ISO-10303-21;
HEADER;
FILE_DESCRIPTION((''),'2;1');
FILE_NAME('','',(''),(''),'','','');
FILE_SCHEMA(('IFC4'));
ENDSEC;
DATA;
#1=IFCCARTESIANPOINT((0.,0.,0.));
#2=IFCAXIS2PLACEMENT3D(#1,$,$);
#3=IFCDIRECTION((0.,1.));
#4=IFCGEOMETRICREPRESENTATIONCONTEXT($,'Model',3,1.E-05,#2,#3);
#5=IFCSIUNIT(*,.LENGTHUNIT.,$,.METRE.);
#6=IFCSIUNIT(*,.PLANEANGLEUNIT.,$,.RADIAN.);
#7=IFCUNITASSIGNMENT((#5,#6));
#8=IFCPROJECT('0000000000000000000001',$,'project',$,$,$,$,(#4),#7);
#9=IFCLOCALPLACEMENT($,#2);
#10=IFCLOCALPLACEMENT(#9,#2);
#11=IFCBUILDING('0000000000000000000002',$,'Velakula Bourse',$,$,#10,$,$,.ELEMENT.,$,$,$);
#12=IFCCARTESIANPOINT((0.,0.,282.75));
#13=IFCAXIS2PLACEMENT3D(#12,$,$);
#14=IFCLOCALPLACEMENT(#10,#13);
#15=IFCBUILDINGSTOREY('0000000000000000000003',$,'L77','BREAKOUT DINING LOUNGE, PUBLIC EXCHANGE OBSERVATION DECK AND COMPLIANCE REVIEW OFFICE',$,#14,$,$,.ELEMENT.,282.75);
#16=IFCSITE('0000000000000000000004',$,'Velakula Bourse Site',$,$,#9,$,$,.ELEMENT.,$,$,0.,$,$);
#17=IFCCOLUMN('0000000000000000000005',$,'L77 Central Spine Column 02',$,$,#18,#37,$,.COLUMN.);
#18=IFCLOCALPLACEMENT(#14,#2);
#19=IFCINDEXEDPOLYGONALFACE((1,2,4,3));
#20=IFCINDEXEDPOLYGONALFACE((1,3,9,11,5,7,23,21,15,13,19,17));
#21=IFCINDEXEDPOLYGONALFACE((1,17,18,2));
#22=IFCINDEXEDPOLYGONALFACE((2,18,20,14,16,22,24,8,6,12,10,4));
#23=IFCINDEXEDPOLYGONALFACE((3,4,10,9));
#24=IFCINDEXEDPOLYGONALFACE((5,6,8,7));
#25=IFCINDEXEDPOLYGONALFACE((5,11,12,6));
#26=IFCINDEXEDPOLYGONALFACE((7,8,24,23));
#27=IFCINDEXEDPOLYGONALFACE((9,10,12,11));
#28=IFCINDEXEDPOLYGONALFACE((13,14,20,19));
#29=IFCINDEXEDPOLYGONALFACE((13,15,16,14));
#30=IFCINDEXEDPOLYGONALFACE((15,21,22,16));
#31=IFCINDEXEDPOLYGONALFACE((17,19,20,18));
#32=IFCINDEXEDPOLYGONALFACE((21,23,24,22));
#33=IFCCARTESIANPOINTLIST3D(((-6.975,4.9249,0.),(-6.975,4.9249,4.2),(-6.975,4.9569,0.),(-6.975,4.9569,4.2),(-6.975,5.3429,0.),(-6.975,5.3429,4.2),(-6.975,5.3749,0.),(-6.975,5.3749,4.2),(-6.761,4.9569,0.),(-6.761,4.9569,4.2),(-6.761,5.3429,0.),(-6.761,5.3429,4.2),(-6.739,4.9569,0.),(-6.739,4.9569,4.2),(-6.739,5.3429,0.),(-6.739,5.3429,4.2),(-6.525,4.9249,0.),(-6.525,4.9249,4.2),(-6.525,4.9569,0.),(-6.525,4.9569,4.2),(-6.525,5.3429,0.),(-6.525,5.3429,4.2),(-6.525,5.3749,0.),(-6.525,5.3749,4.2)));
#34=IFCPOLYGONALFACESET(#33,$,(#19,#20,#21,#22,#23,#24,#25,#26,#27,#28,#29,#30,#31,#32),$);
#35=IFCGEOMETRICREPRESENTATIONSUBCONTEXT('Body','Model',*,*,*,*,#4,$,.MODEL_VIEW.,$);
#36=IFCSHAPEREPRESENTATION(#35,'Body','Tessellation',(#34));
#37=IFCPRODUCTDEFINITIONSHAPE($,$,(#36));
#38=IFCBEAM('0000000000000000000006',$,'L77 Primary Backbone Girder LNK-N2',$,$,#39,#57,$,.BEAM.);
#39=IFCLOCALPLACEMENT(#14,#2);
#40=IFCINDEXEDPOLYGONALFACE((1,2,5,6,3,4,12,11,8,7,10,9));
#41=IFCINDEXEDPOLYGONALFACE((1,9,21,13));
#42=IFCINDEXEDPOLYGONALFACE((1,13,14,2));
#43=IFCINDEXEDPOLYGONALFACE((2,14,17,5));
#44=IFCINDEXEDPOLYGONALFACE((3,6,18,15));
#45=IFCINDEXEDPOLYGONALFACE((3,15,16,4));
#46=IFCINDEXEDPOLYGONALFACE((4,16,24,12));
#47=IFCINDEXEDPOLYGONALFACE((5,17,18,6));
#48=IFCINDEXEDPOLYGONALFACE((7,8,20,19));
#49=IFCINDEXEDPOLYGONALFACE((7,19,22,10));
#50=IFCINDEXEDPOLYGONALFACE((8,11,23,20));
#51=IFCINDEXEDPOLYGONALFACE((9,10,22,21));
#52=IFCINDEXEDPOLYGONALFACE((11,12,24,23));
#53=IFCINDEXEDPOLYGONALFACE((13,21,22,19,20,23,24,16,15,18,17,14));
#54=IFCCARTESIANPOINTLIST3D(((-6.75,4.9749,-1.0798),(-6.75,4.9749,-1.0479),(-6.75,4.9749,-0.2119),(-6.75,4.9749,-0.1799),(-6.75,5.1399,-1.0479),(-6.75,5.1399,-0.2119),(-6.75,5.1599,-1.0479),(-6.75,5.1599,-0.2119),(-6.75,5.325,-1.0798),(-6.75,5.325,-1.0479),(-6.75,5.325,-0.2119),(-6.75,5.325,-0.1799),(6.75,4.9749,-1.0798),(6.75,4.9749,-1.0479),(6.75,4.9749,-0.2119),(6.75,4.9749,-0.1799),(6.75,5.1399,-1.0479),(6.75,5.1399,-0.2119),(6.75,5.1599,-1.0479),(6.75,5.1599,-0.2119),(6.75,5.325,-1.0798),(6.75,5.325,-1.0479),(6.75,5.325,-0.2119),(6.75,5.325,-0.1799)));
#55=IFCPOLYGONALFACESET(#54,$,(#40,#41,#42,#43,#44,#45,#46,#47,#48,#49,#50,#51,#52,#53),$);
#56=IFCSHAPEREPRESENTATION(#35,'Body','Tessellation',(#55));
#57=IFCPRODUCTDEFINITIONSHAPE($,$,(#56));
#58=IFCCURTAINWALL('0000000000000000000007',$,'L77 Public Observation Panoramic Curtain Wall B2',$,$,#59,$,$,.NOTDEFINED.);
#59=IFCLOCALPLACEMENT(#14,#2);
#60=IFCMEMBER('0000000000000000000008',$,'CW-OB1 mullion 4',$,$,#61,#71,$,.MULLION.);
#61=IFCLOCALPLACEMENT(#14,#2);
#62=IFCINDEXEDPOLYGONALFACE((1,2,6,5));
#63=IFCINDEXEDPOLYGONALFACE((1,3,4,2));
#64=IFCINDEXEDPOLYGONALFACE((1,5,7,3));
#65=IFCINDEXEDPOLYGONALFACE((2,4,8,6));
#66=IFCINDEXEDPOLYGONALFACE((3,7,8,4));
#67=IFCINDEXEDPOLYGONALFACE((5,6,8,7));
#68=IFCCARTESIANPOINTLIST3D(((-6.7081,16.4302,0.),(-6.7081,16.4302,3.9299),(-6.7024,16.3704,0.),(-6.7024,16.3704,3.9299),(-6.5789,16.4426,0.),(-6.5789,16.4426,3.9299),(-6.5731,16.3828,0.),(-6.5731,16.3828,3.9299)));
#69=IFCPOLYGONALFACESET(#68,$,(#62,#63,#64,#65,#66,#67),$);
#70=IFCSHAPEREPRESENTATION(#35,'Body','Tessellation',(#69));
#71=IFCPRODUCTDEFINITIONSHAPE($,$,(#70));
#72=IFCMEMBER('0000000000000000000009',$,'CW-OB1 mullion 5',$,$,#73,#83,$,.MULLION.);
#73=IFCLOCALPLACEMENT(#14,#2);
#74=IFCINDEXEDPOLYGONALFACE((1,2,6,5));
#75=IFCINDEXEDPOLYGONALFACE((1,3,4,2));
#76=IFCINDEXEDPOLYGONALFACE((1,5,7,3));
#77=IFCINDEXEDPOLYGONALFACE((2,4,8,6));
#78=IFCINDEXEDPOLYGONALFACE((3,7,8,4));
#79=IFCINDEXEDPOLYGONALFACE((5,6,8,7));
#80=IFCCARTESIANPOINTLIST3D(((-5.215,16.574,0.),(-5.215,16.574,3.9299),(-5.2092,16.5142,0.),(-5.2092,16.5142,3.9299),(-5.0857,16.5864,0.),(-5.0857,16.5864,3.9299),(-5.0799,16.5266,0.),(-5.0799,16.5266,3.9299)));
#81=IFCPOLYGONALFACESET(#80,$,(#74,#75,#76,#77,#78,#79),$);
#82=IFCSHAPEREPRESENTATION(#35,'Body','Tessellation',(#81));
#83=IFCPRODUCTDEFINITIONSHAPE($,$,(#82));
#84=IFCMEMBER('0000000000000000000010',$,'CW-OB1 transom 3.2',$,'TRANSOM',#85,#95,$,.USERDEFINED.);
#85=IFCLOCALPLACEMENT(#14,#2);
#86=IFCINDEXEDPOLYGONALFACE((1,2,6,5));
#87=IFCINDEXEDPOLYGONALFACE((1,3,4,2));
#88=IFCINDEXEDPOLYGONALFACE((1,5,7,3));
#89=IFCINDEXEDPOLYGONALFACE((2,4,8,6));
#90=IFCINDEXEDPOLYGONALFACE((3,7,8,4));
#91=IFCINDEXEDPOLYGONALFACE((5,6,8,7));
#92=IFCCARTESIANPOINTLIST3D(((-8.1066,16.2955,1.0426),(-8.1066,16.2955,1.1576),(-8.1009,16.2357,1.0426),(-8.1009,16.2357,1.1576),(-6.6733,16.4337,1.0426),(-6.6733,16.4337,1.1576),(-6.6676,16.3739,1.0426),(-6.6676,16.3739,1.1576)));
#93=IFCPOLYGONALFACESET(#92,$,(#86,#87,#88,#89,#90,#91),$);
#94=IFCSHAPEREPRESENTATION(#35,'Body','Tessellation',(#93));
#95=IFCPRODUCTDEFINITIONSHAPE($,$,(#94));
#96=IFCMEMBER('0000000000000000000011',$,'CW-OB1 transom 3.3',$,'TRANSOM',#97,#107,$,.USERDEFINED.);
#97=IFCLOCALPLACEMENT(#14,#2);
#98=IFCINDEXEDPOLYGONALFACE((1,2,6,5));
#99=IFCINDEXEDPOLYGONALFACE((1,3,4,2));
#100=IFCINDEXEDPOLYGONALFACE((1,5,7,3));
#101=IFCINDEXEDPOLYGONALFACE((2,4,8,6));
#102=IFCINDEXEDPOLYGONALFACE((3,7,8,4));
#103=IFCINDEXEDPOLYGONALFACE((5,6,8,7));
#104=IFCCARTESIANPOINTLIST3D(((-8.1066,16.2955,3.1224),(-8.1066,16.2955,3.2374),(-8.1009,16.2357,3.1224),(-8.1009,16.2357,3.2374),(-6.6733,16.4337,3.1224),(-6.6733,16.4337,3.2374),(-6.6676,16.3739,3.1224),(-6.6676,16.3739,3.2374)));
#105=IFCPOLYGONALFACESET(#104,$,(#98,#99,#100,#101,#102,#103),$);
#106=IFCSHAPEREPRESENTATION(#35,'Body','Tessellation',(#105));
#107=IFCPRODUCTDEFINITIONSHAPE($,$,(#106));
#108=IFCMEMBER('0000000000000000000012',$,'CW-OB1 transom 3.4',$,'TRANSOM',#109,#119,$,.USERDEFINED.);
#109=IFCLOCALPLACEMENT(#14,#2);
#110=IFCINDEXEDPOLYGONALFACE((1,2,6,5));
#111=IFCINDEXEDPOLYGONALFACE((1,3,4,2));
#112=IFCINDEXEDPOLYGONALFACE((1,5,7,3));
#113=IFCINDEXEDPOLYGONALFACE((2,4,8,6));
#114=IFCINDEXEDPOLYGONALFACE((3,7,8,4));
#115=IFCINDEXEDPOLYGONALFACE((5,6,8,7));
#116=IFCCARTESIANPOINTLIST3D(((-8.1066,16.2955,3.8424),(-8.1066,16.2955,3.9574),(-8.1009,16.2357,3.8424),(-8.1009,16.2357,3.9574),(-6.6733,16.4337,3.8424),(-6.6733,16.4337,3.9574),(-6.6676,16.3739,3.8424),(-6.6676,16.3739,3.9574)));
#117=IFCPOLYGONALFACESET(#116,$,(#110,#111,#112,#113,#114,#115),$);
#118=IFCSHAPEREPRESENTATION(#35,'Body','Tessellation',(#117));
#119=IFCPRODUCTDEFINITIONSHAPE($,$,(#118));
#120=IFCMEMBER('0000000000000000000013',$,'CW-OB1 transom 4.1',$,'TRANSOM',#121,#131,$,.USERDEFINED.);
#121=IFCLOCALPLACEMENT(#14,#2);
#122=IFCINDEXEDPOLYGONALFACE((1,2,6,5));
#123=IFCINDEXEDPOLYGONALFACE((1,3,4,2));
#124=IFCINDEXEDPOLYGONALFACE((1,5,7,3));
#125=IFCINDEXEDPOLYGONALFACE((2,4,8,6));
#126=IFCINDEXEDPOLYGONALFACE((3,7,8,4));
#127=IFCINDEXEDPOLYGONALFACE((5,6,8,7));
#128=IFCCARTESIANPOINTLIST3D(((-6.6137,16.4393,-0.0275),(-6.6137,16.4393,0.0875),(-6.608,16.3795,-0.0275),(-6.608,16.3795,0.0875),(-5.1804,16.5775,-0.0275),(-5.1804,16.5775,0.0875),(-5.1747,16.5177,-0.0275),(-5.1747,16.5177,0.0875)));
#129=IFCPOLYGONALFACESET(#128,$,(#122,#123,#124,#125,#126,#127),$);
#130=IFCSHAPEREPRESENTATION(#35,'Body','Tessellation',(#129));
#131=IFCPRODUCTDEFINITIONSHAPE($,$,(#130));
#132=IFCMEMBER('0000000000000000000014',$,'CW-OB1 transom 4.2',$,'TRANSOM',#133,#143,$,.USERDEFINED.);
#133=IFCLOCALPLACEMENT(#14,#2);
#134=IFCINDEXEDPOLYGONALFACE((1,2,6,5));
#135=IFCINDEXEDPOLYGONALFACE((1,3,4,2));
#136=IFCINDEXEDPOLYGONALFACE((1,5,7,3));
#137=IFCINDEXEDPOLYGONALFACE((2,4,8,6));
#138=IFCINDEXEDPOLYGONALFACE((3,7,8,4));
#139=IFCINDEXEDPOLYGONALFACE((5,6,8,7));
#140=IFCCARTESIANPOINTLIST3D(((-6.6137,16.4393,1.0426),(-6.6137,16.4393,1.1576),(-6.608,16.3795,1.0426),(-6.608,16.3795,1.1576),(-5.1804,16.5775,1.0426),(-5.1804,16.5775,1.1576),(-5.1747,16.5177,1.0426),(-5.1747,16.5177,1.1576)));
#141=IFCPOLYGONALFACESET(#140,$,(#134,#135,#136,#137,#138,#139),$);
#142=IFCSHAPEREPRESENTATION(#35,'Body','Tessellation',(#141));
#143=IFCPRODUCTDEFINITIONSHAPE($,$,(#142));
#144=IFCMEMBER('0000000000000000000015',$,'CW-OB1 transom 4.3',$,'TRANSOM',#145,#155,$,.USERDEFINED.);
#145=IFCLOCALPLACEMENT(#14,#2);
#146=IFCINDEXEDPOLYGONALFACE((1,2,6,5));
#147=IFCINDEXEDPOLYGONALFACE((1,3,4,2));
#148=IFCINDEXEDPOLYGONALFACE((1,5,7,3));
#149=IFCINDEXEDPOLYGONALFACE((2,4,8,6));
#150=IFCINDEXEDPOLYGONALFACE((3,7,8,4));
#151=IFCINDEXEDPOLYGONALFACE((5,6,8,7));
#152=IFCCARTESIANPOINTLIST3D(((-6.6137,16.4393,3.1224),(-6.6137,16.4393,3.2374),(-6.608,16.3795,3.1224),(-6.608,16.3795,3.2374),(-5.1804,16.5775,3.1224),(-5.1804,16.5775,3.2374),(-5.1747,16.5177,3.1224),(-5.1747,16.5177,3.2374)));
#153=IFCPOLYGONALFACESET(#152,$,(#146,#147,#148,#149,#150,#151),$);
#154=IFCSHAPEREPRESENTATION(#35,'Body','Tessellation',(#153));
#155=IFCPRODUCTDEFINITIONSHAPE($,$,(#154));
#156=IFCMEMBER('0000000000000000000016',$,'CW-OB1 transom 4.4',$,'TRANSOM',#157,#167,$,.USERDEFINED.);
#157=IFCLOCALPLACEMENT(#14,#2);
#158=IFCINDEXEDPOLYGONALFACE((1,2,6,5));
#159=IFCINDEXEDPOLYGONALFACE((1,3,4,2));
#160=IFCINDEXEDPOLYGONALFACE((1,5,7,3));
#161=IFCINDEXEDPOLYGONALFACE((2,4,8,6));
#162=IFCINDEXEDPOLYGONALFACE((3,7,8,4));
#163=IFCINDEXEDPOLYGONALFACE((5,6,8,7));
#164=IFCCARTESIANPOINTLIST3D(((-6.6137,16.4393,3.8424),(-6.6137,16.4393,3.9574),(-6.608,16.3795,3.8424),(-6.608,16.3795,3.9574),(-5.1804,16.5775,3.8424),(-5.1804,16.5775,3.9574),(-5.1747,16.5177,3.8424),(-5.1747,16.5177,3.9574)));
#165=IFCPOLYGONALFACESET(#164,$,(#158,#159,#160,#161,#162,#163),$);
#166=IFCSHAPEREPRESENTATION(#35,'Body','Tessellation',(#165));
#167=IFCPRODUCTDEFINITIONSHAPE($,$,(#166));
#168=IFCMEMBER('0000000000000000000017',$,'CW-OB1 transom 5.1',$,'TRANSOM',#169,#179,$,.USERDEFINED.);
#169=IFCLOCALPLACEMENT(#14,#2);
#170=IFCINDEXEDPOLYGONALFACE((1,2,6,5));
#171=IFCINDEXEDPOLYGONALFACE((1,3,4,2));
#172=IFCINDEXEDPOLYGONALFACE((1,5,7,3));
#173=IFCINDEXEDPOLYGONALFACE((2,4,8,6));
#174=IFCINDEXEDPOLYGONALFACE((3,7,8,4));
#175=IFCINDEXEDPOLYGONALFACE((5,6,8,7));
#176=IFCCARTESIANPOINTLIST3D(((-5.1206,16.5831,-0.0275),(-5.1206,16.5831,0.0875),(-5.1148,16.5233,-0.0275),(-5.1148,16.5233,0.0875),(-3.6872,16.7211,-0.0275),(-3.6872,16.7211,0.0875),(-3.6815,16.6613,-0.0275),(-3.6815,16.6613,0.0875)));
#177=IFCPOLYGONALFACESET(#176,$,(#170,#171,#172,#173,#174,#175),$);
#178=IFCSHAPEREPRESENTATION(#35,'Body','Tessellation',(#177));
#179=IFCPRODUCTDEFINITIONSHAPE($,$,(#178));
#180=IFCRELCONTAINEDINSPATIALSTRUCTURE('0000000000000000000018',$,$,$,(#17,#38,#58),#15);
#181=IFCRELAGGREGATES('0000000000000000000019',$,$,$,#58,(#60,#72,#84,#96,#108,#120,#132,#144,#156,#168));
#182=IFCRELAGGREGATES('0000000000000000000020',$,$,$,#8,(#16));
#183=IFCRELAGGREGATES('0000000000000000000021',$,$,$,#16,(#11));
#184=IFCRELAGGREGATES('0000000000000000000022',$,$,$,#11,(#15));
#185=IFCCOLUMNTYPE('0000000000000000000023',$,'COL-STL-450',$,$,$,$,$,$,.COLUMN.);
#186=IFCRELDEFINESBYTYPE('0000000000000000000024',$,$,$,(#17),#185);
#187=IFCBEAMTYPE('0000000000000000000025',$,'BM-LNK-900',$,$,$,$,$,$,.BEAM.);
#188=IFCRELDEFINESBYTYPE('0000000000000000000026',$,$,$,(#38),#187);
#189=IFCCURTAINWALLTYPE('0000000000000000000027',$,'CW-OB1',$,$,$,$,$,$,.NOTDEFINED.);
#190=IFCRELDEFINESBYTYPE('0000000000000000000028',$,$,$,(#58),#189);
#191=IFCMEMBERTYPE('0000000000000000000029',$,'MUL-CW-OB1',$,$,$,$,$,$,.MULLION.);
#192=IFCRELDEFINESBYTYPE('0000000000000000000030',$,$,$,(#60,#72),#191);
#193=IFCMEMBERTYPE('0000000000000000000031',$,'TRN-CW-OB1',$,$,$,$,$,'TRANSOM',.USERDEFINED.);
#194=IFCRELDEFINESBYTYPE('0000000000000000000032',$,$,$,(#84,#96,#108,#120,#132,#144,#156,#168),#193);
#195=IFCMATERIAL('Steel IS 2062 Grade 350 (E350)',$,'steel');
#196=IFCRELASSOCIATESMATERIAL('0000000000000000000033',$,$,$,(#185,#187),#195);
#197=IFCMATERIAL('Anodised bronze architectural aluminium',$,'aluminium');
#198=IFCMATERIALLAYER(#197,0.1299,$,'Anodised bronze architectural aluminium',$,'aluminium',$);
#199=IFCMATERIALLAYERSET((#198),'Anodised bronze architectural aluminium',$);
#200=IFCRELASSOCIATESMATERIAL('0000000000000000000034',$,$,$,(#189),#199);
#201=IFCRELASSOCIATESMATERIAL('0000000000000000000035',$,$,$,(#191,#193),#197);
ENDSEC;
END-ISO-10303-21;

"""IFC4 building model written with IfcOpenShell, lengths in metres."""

from ifc_helpers import new_model, si_unit, direction, frame, origin, origin_2d, place, context, subcontext, project, spatial, rectangle, i_section, extrude, material, layer, layer_set, material_profile, profile_set, type_object, element, aggregate, save


model = new_model("IFC4")

# Units and contexts
model_context = context("Model", 3, precision=1e-05, world=origin(), true_north=direction((0.0, 1.0)))
body_context = subcontext(model_context, "Body", "Model", "MODEL_VIEW")
ifc_project = project(units=[si_unit("LENGTHUNIT", "METRE"), si_unit("PLANEANGLEUNIT", "RADIAN")], contexts=[model_context])

# Site, building, storey
site_placement = place(None, origin())
site = spatial("IfcSite", under=ifc_project, at=site_placement, Name="Velakula Bourse Site", CompositionType="ELEMENT", RefElevation=0.0)
building_placement = place(site_placement, origin())
building = spatial("IfcBuilding", under=site, at=building_placement, Name="Velakula Bourse", CompositionType="ELEMENT")
storey_placement = place(building_placement, frame((0.0, 0.0, 282.75)))
storey = spatial("IfcBuildingStorey", under=building, at=storey_placement, Name="L77", Description="BREAKOUT DINING LOUNGE, PUBLIC EXCHANGE OBSERVATION DECK AND COMPLIANCE REVIEW OFFICE", CompositionType="ELEMENT", Elevation=282.75)

# Column
ifc_material_1 = material(Name="Steel IS 2062 Grade 350 (E350)", Category="steel")
ifc_material_profile_1 = material_profile(ifc_material_1, i_section(OverallWidth=0.45, OverallDepth=0.45, WebThickness=0.022, FlangeThickness=0.032, at=origin_2d()), Name="Steel IS 2062 Grade 350 (E350)")
ifc_profile_set_1 = profile_set([ifc_material_profile_1], Name="Steel IS 2062 Grade 350 (E350)")
column_type = type_object("IfcColumnType", Name="COL-STL-450", PredefinedType="COLUMN", material=ifc_profile_set_1)
column_placement = place(storey_placement, frame((-6.75, 5.1499, 0.0), z_axis=(0.0, 0.0, 1.0), x_axis=(1.0, 0.0, 0.0)))
element("IfcColumn", 1, at=column_placement, inside=storey, type_object=column_type, Name="L77 Central Spine Column 02", PredefinedType="COLUMN", context=body_context, shape_type="SweptSolid", body=[
    extrude(i_section(OverallWidth=0.45, OverallDepth=0.45, WebThickness=0.022, FlangeThickness=0.032, at=origin_2d()), origin(), (0.0, 0.0, 1.0), 4.2),
])

# Beam
ifc_material_profile_2 = material_profile(ifc_material_1, i_section(OverallWidth=0.3501, OverallDepth=0.8999, WebThickness=0.02, FlangeThickness=0.032, at=origin_2d()), Name="Steel IS 2062 Grade 350 (E350)")
ifc_profile_set_2 = profile_set([ifc_material_profile_2], Name="Steel IS 2062 Grade 350 (E350)")
beam_type = type_object("IfcBeamType", Name="BM-LNK-900", PredefinedType="BEAM", material=ifc_profile_set_2)
beam_placement = place(storey_placement, frame((-6.75, 5.1499, -0.6299), z_axis=(1.0, 0.0, 0.0), x_axis=(0.0, 1.0, 0.0)))
element("IfcBeam", 2, at=beam_placement, inside=storey, type_object=beam_type, Name="L77 Primary Backbone Girder LNK-N2", PredefinedType="BEAM", context=body_context, shape_type="SweptSolid", body=[
    extrude(i_section(OverallWidth=0.3501, OverallDepth=0.8999, WebThickness=0.02, FlangeThickness=0.032, at=origin_2d()), origin(), (0.0, 0.0, 1.0), 13.5),
])

# Curtain wall, members
ifc_material_2 = material(Name="Anodised bronze architectural aluminium", Category="aluminium")
ifc_layer_1 = layer(ifc_material_2, 0.1299, Name="Anodised bronze architectural aluminium", Category="aluminium")
ifc_layer_set_1 = layer_set([ifc_layer_1], Name="Anodised bronze architectural aluminium")
curtain_wall_type = type_object("IfcCurtainWallType", Name="CW-OB1", PredefinedType="NOTDEFINED", material=ifc_layer_set_1)
curtain_wall_placement = place(storey_placement, origin())
curtain_wall = element("IfcCurtainWall", 3, at=curtain_wall_placement, inside=storey, type_object=curtain_wall_type, Name="L77 Public Observation Panoramic Curtain Wall B2", PredefinedType="NOTDEFINED")
ifc_material_profile_3 = material_profile(ifc_material_2, rectangle(XDim=0.0601, YDim=0.1299, at=origin_2d()), Name="Anodised bronze architectural aluminium")
ifc_profile_set_3 = profile_set([ifc_material_profile_3], Name="Anodised bronze architectural aluminium")
member_type_1 = type_object("IfcMemberType", Name="MUL-CW-OB1", PredefinedType="MULLION", material=ifc_profile_set_3)
member_1_placement = place(storey_placement, frame((-6.6406, 16.4065, 0.0), z_axis=(0.0, 0.0, 1.0), x_axis=(-0.095845, 0.995396, 0.0)))
member_1 = element("IfcMember", 4, at=member_1_placement, type_object=member_type_1, Name="CW-OB1 mullion 4", PredefinedType="MULLION", context=body_context, shape_type="SweptSolid", body=[
    extrude(rectangle(XDim=0.0601, YDim=0.1299, at=origin_2d()), origin(), (0.0, 0.0, 1.0), 3.9299),
])
member_2_placement = place(storey_placement, frame((-5.1475, 16.5503, 0.0), z_axis=(0.0, 0.0, 1.0), x_axis=(-0.095845, 0.995396, 0.0)))
member_2 = element("IfcMember", 5, at=member_2_placement, type_object=member_type_1, Name="CW-OB1 mullion 5", PredefinedType="MULLION", context=body_context, shape_type="SweptSolid", body=[
    extrude(rectangle(XDim=0.0601, YDim=0.1299, at=origin_2d()), origin(), (0.0, 0.0, 1.0), 3.9299),
])
ifc_material_profile_4 = material_profile(ifc_material_2, rectangle(XDim=0.0601, YDim=0.115, at=origin_2d()), Name="Anodised bronze architectural aluminium")
ifc_profile_set_4 = profile_set([ifc_material_profile_4], Name="Anodised bronze architectural aluminium")
member_type_2 = type_object("IfcMemberType", Name="TRN-CW-OB1", ElementType="TRANSOM", PredefinedType="USERDEFINED", material=ifc_profile_set_4)
member_3_placement = place(storey_placement, frame((-8.1038, 16.2656, 1.1001), z_axis=(0.995385, 0.095961, 0.0), x_axis=(-0.095961, 0.995385, 0.0)))
member_3 = element("IfcMember", 6, at=member_3_placement, type_object=member_type_2, Name="CW-OB1 transom 3.2", ObjectType="TRANSOM", PredefinedType="USERDEFINED", context=body_context, shape_type="SweptSolid", body=[
    extrude(rectangle(XDim=0.0601, YDim=0.115, at=origin_2d()), origin(), (0.0, 0.0, 1.0), 1.4399),
])
member_4_placement = place(storey_placement, frame((-8.1038, 16.2656, 3.1799), z_axis=(0.995385, 0.095961, 0.0), x_axis=(-0.095961, 0.995385, 0.0)))
member_4 = element("IfcMember", 7, at=member_4_placement, type_object=member_type_2, Name="CW-OB1 transom 3.3", ObjectType="TRANSOM", PredefinedType="USERDEFINED", context=body_context, shape_type="SweptSolid", body=[
    extrude(rectangle(XDim=0.0601, YDim=0.115, at=origin_2d()), origin(), (0.0, 0.0, 1.0), 1.4399),
])
member_5_placement = place(storey_placement, frame((-8.1038, 16.2656, 3.8999), z_axis=(0.995385, 0.095961, 0.0), x_axis=(-0.095961, 0.995385, 0.0)))
member_5 = element("IfcMember", 8, at=member_5_placement, type_object=member_type_2, Name="CW-OB1 transom 3.4", ObjectType="TRANSOM", PredefinedType="USERDEFINED", context=body_context, shape_type="SweptSolid", body=[
    extrude(rectangle(XDim=0.0601, YDim=0.115, at=origin_2d()), origin(), (0.0, 0.0, 1.0), 1.4399),
])
member_6_placement = place(storey_placement, frame((-6.6108, 16.4094, 0.03), z_axis=(0.995385, 0.095961, 0.0), x_axis=(-0.095961, 0.995385, 0.0)))
member_6 = element("IfcMember", 9, at=member_6_placement, type_object=member_type_2, Name="CW-OB1 transom 4.1", ObjectType="TRANSOM", PredefinedType="USERDEFINED", context=body_context, shape_type="SweptSolid", body=[
    extrude(rectangle(XDim=0.0601, YDim=0.115, at=origin_2d()), origin(), (0.0, 0.0, 1.0), 1.4399),
])
member_7_placement = place(storey_placement, frame((-6.6108, 16.4094, 1.1001), z_axis=(0.995385, 0.095961, 0.0), x_axis=(-0.095961, 0.995385, 0.0)))
member_7 = element("IfcMember", 10, at=member_7_placement, type_object=member_type_2, Name="CW-OB1 transom 4.2", ObjectType="TRANSOM", PredefinedType="USERDEFINED", context=body_context, shape_type="SweptSolid", body=[
    extrude(rectangle(XDim=0.0601, YDim=0.115, at=origin_2d()), origin(), (0.0, 0.0, 1.0), 1.4399),
])
member_8_placement = place(storey_placement, frame((-6.6108, 16.4094, 3.1799), z_axis=(0.995385, 0.095961, 0.0), x_axis=(-0.095961, 0.995385, 0.0)))
member_8 = element("IfcMember", 11, at=member_8_placement, type_object=member_type_2, Name="CW-OB1 transom 4.3", ObjectType="TRANSOM", PredefinedType="USERDEFINED", context=body_context, shape_type="SweptSolid", body=[
    extrude(rectangle(XDim=0.0601, YDim=0.115, at=origin_2d()), origin(), (0.0, 0.0, 1.0), 1.4399),
])
member_9_placement = place(storey_placement, frame((-6.6108, 16.4094, 3.8999), z_axis=(0.995385, 0.095961, 0.0), x_axis=(-0.095961, 0.995385, 0.0)))
member_9 = element("IfcMember", 12, at=member_9_placement, type_object=member_type_2, Name="CW-OB1 transom 4.4", ObjectType="TRANSOM", PredefinedType="USERDEFINED", context=body_context, shape_type="SweptSolid", body=[
    extrude(rectangle(XDim=0.0601, YDim=0.115, at=origin_2d()), origin(), (0.0, 0.0, 1.0), 1.4399),
])
member_10_placement = place(storey_placement, frame((-5.1177, 16.5532, 0.03), z_axis=(0.995401, 0.095793, 0.0), x_axis=(-0.095793, 0.995401, 0.0)))
member_10 = element("IfcMember", 13, at=member_10_placement, type_object=member_type_2, Name="CW-OB1 transom 5.1", ObjectType="TRANSOM", PredefinedType="USERDEFINED", context=body_context, shape_type="SweptSolid", body=[
    extrude(rectangle(XDim=0.0601, YDim=0.115, at=origin_2d()), origin(), (0.0, 0.0, 1.0), 1.4399),
])
aggregate(curtain_wall, [member_1, member_2, member_3, member_4, member_5, member_6, member_7, member_8, member_9, member_10])

save(model, "model.ifc")
